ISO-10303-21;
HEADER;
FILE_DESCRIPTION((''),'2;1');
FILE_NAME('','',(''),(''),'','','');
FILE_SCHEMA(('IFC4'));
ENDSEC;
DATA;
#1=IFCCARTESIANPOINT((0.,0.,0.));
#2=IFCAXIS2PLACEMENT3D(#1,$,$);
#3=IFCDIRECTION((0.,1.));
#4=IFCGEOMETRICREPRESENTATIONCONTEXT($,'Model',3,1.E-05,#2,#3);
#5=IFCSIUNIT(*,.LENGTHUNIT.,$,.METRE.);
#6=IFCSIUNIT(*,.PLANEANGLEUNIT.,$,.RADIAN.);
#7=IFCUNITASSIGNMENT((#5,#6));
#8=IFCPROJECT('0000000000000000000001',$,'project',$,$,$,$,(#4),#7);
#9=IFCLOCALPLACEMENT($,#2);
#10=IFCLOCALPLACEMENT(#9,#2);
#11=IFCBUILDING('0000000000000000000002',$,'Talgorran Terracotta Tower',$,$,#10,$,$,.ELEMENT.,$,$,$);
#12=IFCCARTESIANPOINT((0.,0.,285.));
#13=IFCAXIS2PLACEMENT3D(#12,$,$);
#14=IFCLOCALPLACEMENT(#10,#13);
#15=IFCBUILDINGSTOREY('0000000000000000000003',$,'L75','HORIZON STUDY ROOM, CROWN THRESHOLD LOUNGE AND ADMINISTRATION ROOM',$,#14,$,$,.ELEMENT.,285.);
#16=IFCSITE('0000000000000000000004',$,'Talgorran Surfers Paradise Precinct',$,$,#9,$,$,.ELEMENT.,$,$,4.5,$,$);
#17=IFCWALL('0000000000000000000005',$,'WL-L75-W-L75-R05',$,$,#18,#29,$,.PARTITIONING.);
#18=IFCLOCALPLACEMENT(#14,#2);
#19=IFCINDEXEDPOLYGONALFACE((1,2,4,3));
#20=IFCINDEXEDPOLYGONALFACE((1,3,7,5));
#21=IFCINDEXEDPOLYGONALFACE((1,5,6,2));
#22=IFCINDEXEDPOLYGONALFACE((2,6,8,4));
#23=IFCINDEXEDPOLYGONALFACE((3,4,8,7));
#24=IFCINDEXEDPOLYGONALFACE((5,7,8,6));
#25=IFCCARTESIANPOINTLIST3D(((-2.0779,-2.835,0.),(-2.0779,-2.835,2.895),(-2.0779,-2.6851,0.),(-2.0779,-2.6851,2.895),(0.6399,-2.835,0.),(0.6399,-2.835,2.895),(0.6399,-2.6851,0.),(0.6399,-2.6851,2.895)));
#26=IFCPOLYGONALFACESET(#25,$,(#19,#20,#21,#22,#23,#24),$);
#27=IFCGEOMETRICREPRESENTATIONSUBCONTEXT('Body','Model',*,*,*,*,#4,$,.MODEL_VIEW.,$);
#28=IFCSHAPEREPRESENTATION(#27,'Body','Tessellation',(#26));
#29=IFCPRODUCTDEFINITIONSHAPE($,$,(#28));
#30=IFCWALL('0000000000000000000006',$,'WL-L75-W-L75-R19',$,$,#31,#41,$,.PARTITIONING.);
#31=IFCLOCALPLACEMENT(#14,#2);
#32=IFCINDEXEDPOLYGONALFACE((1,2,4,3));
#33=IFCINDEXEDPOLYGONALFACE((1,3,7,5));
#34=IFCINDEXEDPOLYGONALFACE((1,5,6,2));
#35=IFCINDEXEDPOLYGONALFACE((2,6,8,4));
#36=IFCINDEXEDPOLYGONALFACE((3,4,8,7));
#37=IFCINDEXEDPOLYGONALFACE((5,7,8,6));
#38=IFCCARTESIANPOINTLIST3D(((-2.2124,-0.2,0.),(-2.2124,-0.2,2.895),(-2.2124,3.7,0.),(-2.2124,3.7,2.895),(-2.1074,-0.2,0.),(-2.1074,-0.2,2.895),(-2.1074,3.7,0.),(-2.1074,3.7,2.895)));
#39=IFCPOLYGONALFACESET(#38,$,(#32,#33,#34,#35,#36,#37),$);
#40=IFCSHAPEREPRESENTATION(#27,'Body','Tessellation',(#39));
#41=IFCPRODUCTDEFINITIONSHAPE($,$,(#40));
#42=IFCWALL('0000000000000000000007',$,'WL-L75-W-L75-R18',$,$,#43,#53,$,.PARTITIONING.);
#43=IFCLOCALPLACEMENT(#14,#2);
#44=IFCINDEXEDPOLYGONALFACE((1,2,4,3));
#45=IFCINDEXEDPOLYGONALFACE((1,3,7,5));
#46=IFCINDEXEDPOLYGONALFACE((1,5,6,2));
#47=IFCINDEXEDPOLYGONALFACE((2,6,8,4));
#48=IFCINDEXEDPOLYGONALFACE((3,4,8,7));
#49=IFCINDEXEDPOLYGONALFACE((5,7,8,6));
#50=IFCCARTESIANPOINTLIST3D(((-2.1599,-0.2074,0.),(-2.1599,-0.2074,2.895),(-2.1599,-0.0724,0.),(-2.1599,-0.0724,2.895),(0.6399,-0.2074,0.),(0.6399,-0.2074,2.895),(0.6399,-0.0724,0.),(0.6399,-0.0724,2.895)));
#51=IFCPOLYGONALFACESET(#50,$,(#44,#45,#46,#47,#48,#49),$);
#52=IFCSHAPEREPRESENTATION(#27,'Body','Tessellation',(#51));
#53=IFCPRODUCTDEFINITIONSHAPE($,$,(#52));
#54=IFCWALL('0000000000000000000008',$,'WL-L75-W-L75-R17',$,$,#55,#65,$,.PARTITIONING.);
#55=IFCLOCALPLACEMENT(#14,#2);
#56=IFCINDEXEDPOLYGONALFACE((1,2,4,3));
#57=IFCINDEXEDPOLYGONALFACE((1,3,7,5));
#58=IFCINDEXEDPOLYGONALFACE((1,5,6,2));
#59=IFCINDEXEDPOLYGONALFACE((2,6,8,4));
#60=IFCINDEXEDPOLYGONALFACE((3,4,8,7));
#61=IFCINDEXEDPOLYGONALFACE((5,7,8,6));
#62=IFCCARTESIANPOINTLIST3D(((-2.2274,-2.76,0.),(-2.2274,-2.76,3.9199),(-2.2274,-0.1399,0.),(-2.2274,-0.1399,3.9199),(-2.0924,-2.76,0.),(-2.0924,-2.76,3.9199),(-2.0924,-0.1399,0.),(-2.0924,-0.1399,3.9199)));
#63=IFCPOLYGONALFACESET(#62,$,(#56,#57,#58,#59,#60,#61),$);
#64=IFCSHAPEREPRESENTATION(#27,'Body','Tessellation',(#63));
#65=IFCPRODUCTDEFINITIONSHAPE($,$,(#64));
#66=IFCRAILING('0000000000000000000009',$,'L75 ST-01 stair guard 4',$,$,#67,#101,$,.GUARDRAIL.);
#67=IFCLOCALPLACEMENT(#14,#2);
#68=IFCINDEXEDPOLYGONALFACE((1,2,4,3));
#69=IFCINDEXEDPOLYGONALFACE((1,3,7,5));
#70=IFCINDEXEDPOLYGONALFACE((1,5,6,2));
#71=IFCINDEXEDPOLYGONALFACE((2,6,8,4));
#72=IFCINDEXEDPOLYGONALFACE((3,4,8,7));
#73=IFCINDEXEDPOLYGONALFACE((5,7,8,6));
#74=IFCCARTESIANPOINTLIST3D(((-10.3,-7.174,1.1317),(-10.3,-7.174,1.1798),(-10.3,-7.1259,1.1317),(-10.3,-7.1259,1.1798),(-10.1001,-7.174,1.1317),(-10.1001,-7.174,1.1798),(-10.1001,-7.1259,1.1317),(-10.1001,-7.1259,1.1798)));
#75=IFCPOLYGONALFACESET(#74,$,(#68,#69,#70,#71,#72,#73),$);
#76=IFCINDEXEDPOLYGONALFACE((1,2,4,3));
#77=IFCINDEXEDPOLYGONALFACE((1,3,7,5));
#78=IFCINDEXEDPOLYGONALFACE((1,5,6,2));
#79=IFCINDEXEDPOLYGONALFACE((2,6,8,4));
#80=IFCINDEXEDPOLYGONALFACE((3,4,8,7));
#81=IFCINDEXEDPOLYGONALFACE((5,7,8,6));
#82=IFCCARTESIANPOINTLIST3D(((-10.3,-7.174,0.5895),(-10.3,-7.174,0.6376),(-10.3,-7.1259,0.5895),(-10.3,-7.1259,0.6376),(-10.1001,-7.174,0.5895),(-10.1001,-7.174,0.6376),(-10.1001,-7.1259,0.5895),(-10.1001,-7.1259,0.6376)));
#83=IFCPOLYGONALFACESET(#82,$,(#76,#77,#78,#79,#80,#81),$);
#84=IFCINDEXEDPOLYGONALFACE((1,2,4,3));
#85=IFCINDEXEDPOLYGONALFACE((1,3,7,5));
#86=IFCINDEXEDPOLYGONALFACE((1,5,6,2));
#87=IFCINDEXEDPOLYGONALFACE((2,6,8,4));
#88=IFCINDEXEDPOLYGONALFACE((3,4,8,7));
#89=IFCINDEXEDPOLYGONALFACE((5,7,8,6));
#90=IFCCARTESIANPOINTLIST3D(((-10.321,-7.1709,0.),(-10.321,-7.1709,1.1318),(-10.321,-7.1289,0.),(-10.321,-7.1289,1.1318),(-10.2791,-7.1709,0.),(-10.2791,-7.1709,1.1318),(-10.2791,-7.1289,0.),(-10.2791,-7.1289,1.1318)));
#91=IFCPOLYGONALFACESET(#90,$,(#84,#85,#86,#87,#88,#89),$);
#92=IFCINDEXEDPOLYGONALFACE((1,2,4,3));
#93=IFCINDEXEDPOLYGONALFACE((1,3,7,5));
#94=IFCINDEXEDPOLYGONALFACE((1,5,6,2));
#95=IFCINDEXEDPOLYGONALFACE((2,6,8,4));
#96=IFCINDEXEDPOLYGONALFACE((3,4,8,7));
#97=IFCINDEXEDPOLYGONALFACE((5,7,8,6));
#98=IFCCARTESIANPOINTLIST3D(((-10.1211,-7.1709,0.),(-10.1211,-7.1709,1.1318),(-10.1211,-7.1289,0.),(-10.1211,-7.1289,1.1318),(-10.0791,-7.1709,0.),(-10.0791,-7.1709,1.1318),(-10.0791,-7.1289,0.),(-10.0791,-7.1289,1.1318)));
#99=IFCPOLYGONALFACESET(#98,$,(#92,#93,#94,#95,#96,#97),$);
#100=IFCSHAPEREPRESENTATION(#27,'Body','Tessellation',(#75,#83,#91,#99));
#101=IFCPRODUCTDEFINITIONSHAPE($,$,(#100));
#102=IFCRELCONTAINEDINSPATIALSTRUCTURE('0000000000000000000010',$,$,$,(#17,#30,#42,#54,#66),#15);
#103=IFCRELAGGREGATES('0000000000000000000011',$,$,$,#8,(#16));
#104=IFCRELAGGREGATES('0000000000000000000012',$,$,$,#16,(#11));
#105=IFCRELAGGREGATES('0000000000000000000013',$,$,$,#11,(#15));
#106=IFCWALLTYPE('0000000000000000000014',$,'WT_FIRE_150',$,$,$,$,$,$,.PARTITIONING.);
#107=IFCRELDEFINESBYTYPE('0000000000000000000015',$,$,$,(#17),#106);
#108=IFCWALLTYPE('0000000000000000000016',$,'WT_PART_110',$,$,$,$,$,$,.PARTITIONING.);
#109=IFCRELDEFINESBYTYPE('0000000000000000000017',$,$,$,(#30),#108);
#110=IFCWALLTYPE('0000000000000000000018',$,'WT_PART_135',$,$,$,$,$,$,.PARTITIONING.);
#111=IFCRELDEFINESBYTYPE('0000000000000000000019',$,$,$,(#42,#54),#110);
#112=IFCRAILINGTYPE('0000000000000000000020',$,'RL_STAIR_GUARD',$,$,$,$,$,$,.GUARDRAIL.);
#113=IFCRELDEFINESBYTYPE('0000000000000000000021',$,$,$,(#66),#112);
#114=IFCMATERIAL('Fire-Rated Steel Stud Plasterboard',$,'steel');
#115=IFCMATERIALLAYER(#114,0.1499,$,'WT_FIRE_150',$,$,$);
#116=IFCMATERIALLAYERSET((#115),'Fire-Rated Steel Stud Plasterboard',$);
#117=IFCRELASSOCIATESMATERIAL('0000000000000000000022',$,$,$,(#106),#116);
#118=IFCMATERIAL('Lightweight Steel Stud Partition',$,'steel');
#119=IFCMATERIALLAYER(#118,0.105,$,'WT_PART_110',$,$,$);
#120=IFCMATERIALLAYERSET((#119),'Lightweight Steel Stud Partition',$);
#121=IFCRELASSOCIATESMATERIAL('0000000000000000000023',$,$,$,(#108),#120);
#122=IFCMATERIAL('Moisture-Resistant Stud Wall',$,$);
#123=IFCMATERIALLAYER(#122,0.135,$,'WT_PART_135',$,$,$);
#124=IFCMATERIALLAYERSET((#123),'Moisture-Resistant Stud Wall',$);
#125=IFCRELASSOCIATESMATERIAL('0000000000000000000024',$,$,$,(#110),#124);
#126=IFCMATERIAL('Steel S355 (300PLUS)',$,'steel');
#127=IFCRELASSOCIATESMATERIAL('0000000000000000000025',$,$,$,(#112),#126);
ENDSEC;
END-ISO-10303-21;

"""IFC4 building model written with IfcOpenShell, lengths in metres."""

from ifc_helpers import new_model, si_unit, direction, frame, frame_2d, origin, origin_2d, place, context, subcontext, project, spatial, rectangle, extrude, material, layer, layer_set, type_object, element, save


model = new_model("IFC4")

# Units and contexts
model_context = context("Model", 3, precision=1e-05, world=origin(), true_north=direction((0.0, 1.0)))
body_context = subcontext(model_context, "Body", "Model", "MODEL_VIEW")
ifc_project = project(units=[si_unit("LENGTHUNIT", "METRE"), si_unit("PLANEANGLEUNIT", "RADIAN")], contexts=[model_context])

# Site, building, storey
site_placement = place(None, origin())
site = spatial("IfcSite", under=ifc_project, at=site_placement, Name="Talgorran Surfers Paradise Precinct", CompositionType="ELEMENT", RefElevation=4.5)
building_placement = place(site_placement, origin())
building = spatial("IfcBuilding", under=site, at=building_placement, Name="Talgorran Terracotta Tower", CompositionType="ELEMENT")
storey_placement = place(building_placement, frame((0.0, 0.0, 285.0)))
storey = spatial("IfcBuildingStorey", under=building, at=storey_placement, Name="L75", Description="HORIZON STUDY ROOM, CROWN THRESHOLD LOUNGE AND ADMINISTRATION ROOM", CompositionType="ELEMENT", Elevation=285.0)

# Shared definitions
ifc_material_1 = material(Name="Steel S355 (300PLUS)", Category="steel")

# Walls
ifc_material_2 = material(Name="Fire-Rated Steel Stud Plasterboard", Category="steel")
ifc_layer_1 = layer(ifc_material_2, 0.1499, Name="WT_FIRE_150")
ifc_layer_set_1 = layer_set([ifc_layer_1], Name="Fire-Rated Steel Stud Plasterboard")
wall_type_1 = type_object("IfcWallType", Name="WT_FIRE_150", PredefinedType="PARTITIONING", material=ifc_layer_set_1)
wall_1_placement = place(storey_placement, frame((-2.0779, -2.76, 0.0), z_axis=(0.0, 0.0, 1.0), x_axis=(1.0, 0.0, 0.0)))
element("IfcWall", 1, at=wall_1_placement, inside=storey, type_object=wall_type_1, Name="WL-L75-W-L75-R05", PredefinedType="PARTITIONING", context=body_context, shape_type="SweptSolid", body=[
    extrude(rectangle(XDim=2.7178, YDim=0.1499, at=frame_2d((1.3589, 0.0))), origin(), (0.0, 0.0, 1.0), 2.895),
])
ifc_material_3 = material(Name="Lightweight Steel Stud Partition", Category="steel")
ifc_layer_2 = layer(ifc_material_3, 0.105, Name="WT_PART_110")
ifc_layer_set_2 = layer_set([ifc_layer_2], Name="Lightweight Steel Stud Partition")
wall_type_2 = type_object("IfcWallType", Name="WT_PART_110", PredefinedType="PARTITIONING", material=ifc_layer_set_2)
wall_2_placement = place(storey_placement, frame((-2.1599, -0.2, 0.0), z_axis=(0.0, 0.0, 1.0), x_axis=(0.0, 1.0, 0.0)))
element("IfcWall", 2, at=wall_2_placement, inside=storey, type_object=wall_type_2, Name="WL-L75-W-L75-R19", PredefinedType="PARTITIONING", context=body_context, shape_type="SweptSolid", body=[
    extrude(rectangle(XDim=3.8999, YDim=0.105, at=frame_2d((1.95, 0.0))), origin(), (0.0, 0.0, 1.0), 2.895),
])
ifc_material_4 = material(Name="Moisture-Resistant Stud Wall")
ifc_layer_3 = layer(ifc_material_4, 0.135, Name="WT_PART_135")
ifc_layer_set_3 = layer_set([ifc_layer_3], Name="Moisture-Resistant Stud Wall")
wall_type_3 = type_object("IfcWallType", Name="WT_PART_135", PredefinedType="PARTITIONING", material=ifc_layer_set_3)
wall_3_placement = place(storey_placement, frame((-2.1599, -0.1399, 0.0), z_axis=(0.0, 0.0, 1.0), x_axis=(1.0, 0.0, 0.0)))
element("IfcWall", 3, at=wall_3_placement, inside=storey, type_object=wall_type_3, Name="WL-L75-W-L75-R18", PredefinedType="PARTITIONING", context=body_context, shape_type="SweptSolid", body=[
    extrude(rectangle(XDim=2.7998, YDim=0.135, at=frame_2d((1.3999, 0.0))), origin(), (0.0, 0.0, 1.0), 2.895),
])
wall_4_placement = place(storey_placement, frame((-2.1599, -2.76, 0.0), z_axis=(0.0, 0.0, 1.0), x_axis=(0.0, 1.0, 0.0)))
element("IfcWall", 4, at=wall_4_placement, inside=storey, type_object=wall_type_3, Name="WL-L75-W-L75-R17", PredefinedType="PARTITIONING", context=body_context, shape_type="SweptSolid", body=[
    extrude(rectangle(XDim=2.6201, YDim=0.135, at=frame_2d((1.3101, 0.0))), origin(), (0.0, 0.0, 1.0), 3.9199),
])

# Railing
railing_type = type_object("IfcRailingType", Name="RL_STAIR_GUARD", PredefinedType="GUARDRAIL", material=ifc_material_1)
railing_placement = place(storey_placement, frame((-10.3, -7.1499, 0.0)))
element("IfcRailing", 5, at=railing_placement, inside=storey, type_object=railing_type, Name="L75 ST-01 stair guard 4", PredefinedType="GUARDRAIL", context=body_context, shape_type="SweptSolid", body=[
    extrude(rectangle(XDim=0.0481, YDim=0.0481, at=origin_2d()), frame((0.0, 0.0, 1.1558), z_axis=(1.0, 0.0, 0.0), x_axis=(0.0, 1.0, 0.0)), (0.0, 0.0, 1.0), 0.2),
    extrude(rectangle(XDim=0.0481, YDim=0.0481, at=origin_2d()), frame((0.0, 0.0, 0.6135), z_axis=(1.0, 0.0, 0.0), x_axis=(0.0, 1.0, 0.0)), (0.0, 0.0, 1.0), 0.2),
    extrude(rectangle(XDim=0.042, YDim=0.042, at=origin_2d()), origin(), (0.0, 0.0, 1.0), 1.1318),
    extrude(rectangle(XDim=0.042, YDim=0.042, at=origin_2d()), frame((0.2, 0.0, 0.0)), (0.0, 0.0, 1.0), 1.1318),
])

save(model, "model.ifc")
